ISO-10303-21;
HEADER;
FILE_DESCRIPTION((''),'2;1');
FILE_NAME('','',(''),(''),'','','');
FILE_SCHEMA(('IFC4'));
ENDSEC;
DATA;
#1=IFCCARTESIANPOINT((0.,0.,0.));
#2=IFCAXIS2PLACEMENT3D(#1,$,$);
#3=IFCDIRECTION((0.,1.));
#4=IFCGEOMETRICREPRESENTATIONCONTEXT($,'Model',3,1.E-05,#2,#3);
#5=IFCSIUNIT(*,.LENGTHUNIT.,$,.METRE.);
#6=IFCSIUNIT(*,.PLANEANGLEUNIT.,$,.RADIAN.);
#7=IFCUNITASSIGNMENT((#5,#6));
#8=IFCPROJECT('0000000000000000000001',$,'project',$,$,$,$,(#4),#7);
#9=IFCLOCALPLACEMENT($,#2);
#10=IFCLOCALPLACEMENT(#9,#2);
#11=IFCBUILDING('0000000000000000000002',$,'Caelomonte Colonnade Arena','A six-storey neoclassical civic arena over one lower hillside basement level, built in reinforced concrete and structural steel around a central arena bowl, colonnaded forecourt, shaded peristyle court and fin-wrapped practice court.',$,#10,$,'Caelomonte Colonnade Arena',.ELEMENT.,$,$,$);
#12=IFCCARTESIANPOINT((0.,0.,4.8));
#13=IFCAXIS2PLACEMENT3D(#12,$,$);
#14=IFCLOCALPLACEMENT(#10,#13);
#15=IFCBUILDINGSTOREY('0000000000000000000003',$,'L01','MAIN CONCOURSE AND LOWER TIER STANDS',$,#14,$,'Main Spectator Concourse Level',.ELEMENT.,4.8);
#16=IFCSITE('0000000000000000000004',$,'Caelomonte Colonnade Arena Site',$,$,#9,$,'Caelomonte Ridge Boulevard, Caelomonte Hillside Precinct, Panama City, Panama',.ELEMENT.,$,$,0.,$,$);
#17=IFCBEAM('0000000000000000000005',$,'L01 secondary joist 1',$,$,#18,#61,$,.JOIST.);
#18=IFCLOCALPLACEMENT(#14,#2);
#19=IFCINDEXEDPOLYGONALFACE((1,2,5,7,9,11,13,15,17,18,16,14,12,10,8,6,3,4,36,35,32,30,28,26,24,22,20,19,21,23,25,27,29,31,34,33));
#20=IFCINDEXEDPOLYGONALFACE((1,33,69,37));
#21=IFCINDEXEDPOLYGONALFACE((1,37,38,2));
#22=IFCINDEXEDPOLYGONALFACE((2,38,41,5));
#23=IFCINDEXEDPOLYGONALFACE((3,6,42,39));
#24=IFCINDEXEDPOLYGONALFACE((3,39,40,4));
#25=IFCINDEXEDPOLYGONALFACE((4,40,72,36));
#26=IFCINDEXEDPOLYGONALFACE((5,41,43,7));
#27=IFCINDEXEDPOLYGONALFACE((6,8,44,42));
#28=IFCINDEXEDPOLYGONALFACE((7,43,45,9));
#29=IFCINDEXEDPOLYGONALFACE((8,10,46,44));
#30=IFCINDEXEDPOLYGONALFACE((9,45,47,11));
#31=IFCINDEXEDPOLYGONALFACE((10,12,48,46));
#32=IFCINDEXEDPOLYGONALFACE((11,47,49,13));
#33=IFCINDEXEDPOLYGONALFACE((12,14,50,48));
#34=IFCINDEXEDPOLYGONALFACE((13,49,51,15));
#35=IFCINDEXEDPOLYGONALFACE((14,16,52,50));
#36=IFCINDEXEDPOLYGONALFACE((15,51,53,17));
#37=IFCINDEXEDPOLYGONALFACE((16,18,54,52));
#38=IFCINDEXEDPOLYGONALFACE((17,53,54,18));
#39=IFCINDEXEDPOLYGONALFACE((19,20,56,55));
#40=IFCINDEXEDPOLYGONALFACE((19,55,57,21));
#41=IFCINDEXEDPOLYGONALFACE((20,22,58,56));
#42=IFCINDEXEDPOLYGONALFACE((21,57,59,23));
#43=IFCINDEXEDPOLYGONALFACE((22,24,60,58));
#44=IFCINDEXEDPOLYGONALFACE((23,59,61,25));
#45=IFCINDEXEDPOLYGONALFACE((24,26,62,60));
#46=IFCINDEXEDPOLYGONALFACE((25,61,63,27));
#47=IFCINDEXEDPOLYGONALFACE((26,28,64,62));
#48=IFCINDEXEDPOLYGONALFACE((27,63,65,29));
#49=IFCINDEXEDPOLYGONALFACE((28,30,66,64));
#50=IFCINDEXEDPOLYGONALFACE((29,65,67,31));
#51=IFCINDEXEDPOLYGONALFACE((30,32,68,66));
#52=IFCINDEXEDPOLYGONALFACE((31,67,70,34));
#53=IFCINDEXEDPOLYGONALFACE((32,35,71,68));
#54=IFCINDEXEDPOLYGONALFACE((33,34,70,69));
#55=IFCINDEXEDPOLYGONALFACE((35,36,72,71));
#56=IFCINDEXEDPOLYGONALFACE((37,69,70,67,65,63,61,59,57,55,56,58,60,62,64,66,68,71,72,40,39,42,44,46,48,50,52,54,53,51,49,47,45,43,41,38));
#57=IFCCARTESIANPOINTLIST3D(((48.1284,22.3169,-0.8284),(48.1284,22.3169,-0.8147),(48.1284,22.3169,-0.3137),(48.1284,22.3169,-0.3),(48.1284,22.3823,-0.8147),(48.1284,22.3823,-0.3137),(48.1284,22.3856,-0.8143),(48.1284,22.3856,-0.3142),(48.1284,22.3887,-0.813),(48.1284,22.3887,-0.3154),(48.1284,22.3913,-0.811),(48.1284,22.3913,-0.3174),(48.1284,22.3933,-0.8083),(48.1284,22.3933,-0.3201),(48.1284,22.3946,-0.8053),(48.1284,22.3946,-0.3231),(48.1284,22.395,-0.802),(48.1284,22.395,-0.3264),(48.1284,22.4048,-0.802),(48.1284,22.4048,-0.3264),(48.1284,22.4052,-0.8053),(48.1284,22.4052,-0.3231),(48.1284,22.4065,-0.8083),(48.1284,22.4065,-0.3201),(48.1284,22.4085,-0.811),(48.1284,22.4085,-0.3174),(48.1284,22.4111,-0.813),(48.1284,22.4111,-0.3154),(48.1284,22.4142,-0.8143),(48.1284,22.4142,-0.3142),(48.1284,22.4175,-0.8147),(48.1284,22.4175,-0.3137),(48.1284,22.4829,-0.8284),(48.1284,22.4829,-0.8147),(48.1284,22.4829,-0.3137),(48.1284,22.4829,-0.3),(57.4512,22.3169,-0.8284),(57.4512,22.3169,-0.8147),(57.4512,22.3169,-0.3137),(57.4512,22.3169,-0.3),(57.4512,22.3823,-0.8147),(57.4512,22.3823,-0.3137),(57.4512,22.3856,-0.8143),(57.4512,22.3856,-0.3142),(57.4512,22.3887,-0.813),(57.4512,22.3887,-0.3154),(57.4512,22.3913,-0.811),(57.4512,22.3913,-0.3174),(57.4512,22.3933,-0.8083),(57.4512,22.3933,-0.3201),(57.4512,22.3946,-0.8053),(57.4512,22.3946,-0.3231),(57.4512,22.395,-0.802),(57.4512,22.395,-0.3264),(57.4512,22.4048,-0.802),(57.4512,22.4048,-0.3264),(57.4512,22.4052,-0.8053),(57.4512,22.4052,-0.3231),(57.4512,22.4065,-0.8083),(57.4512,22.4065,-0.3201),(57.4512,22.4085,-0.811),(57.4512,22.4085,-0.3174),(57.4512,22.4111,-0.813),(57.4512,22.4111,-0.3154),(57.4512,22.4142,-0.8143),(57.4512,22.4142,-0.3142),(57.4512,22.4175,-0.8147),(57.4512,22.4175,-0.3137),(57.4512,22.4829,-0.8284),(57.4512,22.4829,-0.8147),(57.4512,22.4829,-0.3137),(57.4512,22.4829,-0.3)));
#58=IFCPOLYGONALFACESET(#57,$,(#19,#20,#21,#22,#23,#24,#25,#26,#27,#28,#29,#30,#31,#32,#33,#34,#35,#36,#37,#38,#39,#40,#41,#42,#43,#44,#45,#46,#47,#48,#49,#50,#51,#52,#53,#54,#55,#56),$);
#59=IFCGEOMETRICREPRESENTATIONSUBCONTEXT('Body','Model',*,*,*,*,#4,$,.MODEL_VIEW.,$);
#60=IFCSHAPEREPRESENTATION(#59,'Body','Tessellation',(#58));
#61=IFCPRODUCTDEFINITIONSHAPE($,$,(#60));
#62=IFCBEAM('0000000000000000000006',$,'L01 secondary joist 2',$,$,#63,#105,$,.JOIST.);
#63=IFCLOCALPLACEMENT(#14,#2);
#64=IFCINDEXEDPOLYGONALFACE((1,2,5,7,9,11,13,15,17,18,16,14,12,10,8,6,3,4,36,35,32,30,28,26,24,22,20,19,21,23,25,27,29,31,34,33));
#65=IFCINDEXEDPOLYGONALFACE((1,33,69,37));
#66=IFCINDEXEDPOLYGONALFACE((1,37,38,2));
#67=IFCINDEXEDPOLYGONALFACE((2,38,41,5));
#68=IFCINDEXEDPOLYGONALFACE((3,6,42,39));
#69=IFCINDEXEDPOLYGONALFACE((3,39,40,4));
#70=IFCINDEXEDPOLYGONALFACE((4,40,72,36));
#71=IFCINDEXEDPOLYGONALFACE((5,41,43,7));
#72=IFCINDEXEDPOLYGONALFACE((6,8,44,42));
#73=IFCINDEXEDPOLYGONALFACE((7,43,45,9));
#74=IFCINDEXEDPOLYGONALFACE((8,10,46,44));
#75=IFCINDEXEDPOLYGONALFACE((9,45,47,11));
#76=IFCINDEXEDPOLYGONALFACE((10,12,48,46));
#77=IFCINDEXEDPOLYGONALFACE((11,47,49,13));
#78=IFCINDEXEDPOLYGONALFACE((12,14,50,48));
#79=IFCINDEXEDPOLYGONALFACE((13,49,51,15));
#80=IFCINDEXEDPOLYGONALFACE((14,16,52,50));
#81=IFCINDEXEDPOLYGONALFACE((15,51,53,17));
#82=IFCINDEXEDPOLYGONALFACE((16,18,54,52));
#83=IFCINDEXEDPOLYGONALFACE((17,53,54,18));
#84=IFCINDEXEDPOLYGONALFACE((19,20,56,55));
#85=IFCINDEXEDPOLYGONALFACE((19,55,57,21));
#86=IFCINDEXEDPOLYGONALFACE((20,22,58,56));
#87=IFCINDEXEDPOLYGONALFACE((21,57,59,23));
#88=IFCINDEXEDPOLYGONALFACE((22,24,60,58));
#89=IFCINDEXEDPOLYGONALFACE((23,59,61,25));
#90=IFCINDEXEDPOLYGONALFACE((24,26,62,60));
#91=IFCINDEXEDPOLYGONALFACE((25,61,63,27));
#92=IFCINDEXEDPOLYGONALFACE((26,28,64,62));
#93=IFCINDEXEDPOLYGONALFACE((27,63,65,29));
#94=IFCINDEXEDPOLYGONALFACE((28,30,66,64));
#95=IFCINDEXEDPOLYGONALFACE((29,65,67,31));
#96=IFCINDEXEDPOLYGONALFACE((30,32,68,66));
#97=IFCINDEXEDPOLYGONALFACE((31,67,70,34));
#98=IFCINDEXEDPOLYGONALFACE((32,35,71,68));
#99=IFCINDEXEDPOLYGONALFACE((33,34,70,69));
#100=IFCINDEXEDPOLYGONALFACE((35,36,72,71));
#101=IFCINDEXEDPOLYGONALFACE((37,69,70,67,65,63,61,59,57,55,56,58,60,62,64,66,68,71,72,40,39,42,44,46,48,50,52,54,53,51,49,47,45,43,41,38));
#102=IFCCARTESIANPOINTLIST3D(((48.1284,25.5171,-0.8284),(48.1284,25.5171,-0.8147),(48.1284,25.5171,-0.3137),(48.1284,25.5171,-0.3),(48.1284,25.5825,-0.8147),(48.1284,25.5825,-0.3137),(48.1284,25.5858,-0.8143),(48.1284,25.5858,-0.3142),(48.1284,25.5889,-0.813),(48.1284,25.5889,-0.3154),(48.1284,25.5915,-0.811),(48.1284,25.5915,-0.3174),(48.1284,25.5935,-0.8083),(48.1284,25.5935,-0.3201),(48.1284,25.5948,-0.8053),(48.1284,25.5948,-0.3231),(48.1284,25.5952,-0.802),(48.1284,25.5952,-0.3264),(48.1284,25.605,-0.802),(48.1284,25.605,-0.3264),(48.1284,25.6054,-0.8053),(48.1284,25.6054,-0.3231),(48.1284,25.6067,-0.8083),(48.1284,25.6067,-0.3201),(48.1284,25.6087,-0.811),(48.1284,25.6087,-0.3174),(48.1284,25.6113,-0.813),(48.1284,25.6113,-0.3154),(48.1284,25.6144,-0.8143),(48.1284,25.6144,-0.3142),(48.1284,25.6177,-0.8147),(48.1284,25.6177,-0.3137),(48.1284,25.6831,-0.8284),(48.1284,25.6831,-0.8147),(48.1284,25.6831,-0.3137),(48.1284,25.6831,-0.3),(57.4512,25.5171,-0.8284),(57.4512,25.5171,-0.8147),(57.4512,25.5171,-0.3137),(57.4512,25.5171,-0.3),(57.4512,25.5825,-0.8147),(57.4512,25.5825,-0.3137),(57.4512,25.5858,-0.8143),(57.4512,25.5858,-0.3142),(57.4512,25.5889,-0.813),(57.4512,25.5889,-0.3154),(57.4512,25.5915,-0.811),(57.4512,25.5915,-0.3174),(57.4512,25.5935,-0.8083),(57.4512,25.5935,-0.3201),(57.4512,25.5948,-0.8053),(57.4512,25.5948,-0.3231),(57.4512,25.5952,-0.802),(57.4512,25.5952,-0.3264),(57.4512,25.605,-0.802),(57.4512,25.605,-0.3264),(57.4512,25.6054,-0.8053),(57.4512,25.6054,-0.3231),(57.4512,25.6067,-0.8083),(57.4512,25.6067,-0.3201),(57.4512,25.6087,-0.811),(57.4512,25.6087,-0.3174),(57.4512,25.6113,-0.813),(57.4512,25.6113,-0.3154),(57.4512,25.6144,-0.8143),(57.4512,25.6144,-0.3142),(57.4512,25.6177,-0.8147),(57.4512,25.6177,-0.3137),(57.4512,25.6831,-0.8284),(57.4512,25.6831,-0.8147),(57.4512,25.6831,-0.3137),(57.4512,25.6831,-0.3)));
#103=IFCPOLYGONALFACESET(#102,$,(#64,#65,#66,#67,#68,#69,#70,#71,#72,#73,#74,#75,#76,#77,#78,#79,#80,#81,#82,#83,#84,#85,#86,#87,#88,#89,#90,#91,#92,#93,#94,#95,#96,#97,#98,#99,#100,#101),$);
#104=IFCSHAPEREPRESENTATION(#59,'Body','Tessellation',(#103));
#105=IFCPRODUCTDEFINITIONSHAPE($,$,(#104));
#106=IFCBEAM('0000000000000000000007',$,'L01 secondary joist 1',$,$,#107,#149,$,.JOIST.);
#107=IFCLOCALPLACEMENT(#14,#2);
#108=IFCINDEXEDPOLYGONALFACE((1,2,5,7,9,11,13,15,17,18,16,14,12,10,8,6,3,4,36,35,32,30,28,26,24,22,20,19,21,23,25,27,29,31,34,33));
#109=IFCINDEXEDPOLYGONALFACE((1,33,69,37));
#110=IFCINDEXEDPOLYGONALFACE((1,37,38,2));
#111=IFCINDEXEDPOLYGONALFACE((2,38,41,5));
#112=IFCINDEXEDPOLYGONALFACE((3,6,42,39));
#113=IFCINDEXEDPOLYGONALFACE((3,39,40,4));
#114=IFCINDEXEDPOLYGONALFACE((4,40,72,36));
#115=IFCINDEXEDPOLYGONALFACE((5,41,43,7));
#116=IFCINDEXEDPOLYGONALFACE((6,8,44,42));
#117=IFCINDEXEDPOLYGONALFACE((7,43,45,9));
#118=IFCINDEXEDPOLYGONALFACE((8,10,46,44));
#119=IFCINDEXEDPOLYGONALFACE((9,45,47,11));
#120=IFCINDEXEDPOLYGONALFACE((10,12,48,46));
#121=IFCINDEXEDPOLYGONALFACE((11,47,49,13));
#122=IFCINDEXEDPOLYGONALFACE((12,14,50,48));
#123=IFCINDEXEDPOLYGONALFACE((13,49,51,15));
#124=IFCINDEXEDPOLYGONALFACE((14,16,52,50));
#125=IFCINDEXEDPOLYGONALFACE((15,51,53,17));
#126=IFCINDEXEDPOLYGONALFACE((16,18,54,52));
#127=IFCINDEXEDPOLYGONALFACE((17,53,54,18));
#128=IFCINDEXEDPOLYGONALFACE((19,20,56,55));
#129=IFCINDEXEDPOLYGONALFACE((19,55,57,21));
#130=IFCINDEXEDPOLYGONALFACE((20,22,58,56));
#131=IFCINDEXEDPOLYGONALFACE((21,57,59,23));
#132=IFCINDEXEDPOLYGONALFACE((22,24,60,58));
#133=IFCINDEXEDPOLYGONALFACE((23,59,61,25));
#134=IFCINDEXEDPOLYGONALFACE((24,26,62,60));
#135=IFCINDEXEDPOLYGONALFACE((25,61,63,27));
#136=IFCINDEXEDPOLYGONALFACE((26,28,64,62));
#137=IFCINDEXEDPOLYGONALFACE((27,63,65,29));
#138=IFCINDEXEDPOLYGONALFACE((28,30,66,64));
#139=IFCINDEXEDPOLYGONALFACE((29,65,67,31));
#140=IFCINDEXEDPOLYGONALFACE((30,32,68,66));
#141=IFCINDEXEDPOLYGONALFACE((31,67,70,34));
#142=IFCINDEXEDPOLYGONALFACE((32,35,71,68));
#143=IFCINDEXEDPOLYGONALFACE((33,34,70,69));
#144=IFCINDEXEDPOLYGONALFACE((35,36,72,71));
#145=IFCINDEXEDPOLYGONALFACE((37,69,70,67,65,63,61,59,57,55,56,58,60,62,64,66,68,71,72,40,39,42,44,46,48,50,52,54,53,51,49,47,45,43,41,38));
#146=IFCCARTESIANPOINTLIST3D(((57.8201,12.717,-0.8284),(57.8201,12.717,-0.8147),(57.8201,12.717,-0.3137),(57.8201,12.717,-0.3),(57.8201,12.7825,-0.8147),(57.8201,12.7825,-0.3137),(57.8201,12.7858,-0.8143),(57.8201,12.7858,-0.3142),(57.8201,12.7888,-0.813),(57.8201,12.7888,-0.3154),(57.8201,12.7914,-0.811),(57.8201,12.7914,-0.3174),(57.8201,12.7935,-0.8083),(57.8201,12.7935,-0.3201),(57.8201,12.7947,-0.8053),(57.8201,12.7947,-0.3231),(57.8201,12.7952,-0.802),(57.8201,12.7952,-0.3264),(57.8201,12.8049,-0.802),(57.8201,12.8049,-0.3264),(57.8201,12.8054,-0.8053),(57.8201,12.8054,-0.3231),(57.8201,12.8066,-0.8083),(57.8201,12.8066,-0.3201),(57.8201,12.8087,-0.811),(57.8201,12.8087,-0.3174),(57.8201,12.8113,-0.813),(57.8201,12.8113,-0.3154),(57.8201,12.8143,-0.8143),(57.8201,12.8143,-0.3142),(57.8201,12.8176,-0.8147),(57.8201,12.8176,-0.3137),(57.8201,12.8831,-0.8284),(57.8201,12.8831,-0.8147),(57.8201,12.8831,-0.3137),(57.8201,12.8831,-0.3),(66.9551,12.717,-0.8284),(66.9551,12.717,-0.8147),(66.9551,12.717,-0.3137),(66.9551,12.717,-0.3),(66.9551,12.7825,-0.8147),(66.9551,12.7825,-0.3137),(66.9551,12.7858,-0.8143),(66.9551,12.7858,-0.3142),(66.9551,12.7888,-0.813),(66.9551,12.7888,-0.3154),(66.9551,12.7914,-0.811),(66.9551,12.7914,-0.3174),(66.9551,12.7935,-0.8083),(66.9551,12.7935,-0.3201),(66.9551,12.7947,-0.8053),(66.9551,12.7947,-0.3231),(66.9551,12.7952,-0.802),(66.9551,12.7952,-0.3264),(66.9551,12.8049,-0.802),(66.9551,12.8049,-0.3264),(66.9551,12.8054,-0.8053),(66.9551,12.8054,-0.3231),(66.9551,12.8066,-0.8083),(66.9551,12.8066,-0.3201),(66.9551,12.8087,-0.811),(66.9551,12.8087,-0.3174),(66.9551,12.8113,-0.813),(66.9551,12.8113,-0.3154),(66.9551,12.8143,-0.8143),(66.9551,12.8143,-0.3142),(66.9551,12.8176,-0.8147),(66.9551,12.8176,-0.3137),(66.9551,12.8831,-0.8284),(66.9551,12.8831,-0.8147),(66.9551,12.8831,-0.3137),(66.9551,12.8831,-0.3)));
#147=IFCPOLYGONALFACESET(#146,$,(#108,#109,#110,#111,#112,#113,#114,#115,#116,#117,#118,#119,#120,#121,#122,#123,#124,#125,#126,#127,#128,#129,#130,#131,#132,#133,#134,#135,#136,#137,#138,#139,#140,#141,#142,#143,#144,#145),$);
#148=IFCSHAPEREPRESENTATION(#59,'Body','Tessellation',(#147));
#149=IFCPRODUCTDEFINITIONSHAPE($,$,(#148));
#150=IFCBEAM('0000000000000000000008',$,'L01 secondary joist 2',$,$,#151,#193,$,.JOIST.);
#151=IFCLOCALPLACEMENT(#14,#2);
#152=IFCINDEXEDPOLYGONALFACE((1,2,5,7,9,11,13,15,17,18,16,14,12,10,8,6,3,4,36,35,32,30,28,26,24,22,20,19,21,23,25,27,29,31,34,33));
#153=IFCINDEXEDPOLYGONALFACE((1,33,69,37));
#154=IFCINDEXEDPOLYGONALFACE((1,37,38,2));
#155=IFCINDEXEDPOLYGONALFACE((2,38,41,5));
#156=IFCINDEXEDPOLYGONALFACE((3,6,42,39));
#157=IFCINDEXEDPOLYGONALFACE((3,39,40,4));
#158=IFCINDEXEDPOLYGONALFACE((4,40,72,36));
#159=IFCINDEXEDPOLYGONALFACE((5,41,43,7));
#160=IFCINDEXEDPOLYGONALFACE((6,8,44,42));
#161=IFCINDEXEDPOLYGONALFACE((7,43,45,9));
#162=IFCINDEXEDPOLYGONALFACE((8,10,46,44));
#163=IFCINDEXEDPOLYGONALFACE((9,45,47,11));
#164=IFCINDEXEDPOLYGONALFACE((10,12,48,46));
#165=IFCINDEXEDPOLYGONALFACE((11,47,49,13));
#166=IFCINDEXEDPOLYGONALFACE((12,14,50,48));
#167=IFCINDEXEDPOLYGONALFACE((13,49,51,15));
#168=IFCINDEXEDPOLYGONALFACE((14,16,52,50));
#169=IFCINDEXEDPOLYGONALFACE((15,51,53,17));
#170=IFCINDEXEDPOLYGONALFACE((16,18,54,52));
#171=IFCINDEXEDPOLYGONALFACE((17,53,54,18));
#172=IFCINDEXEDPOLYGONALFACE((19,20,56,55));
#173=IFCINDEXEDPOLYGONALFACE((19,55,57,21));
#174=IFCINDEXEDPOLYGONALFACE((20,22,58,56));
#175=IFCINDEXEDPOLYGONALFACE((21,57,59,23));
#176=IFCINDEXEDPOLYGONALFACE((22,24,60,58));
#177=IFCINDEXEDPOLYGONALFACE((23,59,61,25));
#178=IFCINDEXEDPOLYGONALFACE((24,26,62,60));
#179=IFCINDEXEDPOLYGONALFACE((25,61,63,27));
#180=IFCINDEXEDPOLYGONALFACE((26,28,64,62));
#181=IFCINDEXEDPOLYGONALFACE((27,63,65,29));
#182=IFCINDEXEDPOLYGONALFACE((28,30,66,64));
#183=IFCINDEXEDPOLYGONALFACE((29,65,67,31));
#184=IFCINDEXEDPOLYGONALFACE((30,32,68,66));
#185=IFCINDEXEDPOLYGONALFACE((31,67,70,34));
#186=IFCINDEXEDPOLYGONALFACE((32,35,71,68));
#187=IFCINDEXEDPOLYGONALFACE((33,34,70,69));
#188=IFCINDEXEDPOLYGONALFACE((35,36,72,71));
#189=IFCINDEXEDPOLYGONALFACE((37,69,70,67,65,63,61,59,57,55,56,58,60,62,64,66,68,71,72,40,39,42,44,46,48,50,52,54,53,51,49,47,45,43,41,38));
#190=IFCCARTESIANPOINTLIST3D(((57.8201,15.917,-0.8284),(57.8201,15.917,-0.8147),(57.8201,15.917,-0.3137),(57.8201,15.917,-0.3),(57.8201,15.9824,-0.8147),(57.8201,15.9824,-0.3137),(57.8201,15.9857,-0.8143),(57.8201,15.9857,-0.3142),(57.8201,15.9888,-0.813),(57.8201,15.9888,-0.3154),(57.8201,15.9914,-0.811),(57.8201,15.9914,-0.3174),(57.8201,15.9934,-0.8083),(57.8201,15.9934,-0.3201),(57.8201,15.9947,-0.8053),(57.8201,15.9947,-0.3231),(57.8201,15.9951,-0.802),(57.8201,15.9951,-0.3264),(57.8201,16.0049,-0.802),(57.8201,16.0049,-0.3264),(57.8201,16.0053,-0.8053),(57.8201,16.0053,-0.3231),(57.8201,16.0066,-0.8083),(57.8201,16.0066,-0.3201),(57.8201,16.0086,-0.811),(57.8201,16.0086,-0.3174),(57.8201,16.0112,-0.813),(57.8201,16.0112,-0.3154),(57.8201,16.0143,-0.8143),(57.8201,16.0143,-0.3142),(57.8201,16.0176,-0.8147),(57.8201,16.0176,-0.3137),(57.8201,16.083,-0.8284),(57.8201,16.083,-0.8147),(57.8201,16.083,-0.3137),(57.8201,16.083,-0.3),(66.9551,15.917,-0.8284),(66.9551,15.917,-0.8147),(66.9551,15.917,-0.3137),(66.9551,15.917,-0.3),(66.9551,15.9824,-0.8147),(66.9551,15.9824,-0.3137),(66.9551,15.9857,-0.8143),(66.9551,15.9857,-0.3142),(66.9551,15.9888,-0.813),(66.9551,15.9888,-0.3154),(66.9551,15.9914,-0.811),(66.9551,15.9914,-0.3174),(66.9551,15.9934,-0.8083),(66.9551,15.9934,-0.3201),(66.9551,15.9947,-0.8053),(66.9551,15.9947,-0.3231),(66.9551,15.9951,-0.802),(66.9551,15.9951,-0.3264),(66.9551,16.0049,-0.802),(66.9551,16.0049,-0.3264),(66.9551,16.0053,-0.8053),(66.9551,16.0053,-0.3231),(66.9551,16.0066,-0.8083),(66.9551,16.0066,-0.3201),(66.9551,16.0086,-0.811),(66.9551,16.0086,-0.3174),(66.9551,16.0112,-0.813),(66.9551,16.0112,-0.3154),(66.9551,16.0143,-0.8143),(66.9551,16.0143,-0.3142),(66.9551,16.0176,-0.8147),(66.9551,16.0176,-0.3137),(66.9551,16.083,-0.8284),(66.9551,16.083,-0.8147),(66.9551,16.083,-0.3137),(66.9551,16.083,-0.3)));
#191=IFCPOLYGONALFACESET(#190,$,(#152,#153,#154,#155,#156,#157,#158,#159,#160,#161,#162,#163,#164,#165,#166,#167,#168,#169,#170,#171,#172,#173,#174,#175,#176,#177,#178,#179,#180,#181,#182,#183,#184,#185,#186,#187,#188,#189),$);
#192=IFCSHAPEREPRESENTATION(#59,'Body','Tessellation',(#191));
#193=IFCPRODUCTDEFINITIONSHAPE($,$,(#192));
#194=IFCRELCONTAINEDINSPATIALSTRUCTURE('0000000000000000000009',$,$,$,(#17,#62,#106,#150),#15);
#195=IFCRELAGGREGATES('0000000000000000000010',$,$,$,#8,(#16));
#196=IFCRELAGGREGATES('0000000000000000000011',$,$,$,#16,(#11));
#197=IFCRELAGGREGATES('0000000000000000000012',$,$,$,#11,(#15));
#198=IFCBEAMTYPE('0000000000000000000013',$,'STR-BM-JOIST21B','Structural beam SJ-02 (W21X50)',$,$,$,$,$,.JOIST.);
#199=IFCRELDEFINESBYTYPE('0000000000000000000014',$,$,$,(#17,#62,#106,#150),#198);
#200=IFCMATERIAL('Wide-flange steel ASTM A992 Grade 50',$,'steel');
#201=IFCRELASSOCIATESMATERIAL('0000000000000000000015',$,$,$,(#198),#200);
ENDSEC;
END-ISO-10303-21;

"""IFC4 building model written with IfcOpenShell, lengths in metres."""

from ifc_helpers import new_model, si_unit, direction, frame, origin, origin_2d, place, context, subcontext, project, spatial, i_section, extrude, material, material_profile, profile_set, type_object, element, save


model = new_model("IFC4")

# Units and contexts
model_context = context("Model", 3, precision=1e-05, world=origin(), true_north=direction((0.0, 1.0)))
body_context = subcontext(model_context, "Body", "Model", "MODEL_VIEW")
ifc_project = project(units=[si_unit("LENGTHUNIT", "METRE"), si_unit("PLANEANGLEUNIT", "RADIAN")], contexts=[model_context])

# Site, building, storey
site_placement = place(None, origin())
site = spatial("IfcSite", under=ifc_project, at=site_placement, Name="Caelomonte Colonnade Arena Site", LongName="Caelomonte Ridge Boulevard, Caelomonte Hillside Precinct, Panama City, Panama", CompositionType="ELEMENT", RefElevation=0.0)
building_placement = place(site_placement, origin())
building = spatial("IfcBuilding", under=site, at=building_placement, Name="Caelomonte Colonnade Arena", Description="A six-storey neoclassical civic arena over one lower hillside basement level, built in reinforced concrete and structural steel around a central arena bowl, colonnaded forecourt, shaded peristyle court and fin-wrapped practice court.", LongName="Caelomonte Colonnade Arena", CompositionType="ELEMENT")
storey_placement = place(building_placement, frame((0.0, 0.0, 4.8)))
storey = spatial("IfcBuildingStorey", under=building, at=storey_placement, Name="L01", Description="MAIN CONCOURSE AND LOWER TIER STANDS", LongName="Main Spectator Concourse Level", CompositionType="ELEMENT", Elevation=4.8)

# Beams
ifc_material_1 = material(Name="Wide-flange steel ASTM A992 Grade 50", Category="steel")
ifc_material_profile_1 = material_profile(ifc_material_1, i_section(OverallWidth=0.166, OverallDepth=0.5283, WebThickness=0.0098, FlangeThickness=0.0137, FilletRadius=0.0127, at=origin_2d()), Name="W21X50")
ifc_profile_set_1 = profile_set([ifc_material_profile_1], Name="Wide-flange steel ASTM A992 Grade 50")
beam_type_1 = type_object("IfcBeamType", Name="STR-BM-JOIST21B", Description="Structural beam SJ-02 (W21X50)", PredefinedType="JOIST", material=ifc_profile_set_1)
for number, where, z_axis, x_axis, name in (
    (1, (48.1284, 22.3999, -0.5642), (1.0, 0.0, 0.0), (0.0, 1.0, 0.0), "L01 secondary joist 1"),
    (2, (48.1284, 25.6001, -0.5642), (1.0, 0.0, 0.0), (0.0, 1.0, 0.0), "L01 secondary joist 2"),
):
    element("IfcBeam", number, at=place(storey_placement, frame(where, z_axis=z_axis, x_axis=x_axis)), inside=storey, type_object=beam_type_1, Name=name, PredefinedType="JOIST", context=body_context, shape_type="SweptSolid", body=[
        extrude(i_section(OverallWidth=0.166, OverallDepth=0.5283, WebThickness=0.0098, FlangeThickness=0.0137, FilletRadius=0.0127, at=origin_2d()), origin(), (0.0, 0.0, 1.0), 9.3228),
    ])
for number, where, z_axis, x_axis, name in (
    (3, (57.8201, 12.8, -0.5642), (1.0, 0.0, 0.0), (0.0, 1.0, 0.0), "L01 secondary joist 1"),
    (4, (57.8201, 16.0, -0.5642), (1.0, 0.0, 0.0), (0.0, 1.0, 0.0), "L01 secondary joist 2"),
):
    element("IfcBeam", number, at=place(storey_placement, frame(where, z_axis=z_axis, x_axis=x_axis)), inside=storey, type_object=beam_type_1, Name=name, PredefinedType="JOIST", context=body_context, shape_type="SweptSolid", body=[
        extrude(i_section(OverallWidth=0.166, OverallDepth=0.5283, WebThickness=0.0098, FlangeThickness=0.0137, FilletRadius=0.0127, at=origin_2d()), origin(), (0.0, 0.0, 1.0), 9.135),
    ])

save(model, "model.ifc")
